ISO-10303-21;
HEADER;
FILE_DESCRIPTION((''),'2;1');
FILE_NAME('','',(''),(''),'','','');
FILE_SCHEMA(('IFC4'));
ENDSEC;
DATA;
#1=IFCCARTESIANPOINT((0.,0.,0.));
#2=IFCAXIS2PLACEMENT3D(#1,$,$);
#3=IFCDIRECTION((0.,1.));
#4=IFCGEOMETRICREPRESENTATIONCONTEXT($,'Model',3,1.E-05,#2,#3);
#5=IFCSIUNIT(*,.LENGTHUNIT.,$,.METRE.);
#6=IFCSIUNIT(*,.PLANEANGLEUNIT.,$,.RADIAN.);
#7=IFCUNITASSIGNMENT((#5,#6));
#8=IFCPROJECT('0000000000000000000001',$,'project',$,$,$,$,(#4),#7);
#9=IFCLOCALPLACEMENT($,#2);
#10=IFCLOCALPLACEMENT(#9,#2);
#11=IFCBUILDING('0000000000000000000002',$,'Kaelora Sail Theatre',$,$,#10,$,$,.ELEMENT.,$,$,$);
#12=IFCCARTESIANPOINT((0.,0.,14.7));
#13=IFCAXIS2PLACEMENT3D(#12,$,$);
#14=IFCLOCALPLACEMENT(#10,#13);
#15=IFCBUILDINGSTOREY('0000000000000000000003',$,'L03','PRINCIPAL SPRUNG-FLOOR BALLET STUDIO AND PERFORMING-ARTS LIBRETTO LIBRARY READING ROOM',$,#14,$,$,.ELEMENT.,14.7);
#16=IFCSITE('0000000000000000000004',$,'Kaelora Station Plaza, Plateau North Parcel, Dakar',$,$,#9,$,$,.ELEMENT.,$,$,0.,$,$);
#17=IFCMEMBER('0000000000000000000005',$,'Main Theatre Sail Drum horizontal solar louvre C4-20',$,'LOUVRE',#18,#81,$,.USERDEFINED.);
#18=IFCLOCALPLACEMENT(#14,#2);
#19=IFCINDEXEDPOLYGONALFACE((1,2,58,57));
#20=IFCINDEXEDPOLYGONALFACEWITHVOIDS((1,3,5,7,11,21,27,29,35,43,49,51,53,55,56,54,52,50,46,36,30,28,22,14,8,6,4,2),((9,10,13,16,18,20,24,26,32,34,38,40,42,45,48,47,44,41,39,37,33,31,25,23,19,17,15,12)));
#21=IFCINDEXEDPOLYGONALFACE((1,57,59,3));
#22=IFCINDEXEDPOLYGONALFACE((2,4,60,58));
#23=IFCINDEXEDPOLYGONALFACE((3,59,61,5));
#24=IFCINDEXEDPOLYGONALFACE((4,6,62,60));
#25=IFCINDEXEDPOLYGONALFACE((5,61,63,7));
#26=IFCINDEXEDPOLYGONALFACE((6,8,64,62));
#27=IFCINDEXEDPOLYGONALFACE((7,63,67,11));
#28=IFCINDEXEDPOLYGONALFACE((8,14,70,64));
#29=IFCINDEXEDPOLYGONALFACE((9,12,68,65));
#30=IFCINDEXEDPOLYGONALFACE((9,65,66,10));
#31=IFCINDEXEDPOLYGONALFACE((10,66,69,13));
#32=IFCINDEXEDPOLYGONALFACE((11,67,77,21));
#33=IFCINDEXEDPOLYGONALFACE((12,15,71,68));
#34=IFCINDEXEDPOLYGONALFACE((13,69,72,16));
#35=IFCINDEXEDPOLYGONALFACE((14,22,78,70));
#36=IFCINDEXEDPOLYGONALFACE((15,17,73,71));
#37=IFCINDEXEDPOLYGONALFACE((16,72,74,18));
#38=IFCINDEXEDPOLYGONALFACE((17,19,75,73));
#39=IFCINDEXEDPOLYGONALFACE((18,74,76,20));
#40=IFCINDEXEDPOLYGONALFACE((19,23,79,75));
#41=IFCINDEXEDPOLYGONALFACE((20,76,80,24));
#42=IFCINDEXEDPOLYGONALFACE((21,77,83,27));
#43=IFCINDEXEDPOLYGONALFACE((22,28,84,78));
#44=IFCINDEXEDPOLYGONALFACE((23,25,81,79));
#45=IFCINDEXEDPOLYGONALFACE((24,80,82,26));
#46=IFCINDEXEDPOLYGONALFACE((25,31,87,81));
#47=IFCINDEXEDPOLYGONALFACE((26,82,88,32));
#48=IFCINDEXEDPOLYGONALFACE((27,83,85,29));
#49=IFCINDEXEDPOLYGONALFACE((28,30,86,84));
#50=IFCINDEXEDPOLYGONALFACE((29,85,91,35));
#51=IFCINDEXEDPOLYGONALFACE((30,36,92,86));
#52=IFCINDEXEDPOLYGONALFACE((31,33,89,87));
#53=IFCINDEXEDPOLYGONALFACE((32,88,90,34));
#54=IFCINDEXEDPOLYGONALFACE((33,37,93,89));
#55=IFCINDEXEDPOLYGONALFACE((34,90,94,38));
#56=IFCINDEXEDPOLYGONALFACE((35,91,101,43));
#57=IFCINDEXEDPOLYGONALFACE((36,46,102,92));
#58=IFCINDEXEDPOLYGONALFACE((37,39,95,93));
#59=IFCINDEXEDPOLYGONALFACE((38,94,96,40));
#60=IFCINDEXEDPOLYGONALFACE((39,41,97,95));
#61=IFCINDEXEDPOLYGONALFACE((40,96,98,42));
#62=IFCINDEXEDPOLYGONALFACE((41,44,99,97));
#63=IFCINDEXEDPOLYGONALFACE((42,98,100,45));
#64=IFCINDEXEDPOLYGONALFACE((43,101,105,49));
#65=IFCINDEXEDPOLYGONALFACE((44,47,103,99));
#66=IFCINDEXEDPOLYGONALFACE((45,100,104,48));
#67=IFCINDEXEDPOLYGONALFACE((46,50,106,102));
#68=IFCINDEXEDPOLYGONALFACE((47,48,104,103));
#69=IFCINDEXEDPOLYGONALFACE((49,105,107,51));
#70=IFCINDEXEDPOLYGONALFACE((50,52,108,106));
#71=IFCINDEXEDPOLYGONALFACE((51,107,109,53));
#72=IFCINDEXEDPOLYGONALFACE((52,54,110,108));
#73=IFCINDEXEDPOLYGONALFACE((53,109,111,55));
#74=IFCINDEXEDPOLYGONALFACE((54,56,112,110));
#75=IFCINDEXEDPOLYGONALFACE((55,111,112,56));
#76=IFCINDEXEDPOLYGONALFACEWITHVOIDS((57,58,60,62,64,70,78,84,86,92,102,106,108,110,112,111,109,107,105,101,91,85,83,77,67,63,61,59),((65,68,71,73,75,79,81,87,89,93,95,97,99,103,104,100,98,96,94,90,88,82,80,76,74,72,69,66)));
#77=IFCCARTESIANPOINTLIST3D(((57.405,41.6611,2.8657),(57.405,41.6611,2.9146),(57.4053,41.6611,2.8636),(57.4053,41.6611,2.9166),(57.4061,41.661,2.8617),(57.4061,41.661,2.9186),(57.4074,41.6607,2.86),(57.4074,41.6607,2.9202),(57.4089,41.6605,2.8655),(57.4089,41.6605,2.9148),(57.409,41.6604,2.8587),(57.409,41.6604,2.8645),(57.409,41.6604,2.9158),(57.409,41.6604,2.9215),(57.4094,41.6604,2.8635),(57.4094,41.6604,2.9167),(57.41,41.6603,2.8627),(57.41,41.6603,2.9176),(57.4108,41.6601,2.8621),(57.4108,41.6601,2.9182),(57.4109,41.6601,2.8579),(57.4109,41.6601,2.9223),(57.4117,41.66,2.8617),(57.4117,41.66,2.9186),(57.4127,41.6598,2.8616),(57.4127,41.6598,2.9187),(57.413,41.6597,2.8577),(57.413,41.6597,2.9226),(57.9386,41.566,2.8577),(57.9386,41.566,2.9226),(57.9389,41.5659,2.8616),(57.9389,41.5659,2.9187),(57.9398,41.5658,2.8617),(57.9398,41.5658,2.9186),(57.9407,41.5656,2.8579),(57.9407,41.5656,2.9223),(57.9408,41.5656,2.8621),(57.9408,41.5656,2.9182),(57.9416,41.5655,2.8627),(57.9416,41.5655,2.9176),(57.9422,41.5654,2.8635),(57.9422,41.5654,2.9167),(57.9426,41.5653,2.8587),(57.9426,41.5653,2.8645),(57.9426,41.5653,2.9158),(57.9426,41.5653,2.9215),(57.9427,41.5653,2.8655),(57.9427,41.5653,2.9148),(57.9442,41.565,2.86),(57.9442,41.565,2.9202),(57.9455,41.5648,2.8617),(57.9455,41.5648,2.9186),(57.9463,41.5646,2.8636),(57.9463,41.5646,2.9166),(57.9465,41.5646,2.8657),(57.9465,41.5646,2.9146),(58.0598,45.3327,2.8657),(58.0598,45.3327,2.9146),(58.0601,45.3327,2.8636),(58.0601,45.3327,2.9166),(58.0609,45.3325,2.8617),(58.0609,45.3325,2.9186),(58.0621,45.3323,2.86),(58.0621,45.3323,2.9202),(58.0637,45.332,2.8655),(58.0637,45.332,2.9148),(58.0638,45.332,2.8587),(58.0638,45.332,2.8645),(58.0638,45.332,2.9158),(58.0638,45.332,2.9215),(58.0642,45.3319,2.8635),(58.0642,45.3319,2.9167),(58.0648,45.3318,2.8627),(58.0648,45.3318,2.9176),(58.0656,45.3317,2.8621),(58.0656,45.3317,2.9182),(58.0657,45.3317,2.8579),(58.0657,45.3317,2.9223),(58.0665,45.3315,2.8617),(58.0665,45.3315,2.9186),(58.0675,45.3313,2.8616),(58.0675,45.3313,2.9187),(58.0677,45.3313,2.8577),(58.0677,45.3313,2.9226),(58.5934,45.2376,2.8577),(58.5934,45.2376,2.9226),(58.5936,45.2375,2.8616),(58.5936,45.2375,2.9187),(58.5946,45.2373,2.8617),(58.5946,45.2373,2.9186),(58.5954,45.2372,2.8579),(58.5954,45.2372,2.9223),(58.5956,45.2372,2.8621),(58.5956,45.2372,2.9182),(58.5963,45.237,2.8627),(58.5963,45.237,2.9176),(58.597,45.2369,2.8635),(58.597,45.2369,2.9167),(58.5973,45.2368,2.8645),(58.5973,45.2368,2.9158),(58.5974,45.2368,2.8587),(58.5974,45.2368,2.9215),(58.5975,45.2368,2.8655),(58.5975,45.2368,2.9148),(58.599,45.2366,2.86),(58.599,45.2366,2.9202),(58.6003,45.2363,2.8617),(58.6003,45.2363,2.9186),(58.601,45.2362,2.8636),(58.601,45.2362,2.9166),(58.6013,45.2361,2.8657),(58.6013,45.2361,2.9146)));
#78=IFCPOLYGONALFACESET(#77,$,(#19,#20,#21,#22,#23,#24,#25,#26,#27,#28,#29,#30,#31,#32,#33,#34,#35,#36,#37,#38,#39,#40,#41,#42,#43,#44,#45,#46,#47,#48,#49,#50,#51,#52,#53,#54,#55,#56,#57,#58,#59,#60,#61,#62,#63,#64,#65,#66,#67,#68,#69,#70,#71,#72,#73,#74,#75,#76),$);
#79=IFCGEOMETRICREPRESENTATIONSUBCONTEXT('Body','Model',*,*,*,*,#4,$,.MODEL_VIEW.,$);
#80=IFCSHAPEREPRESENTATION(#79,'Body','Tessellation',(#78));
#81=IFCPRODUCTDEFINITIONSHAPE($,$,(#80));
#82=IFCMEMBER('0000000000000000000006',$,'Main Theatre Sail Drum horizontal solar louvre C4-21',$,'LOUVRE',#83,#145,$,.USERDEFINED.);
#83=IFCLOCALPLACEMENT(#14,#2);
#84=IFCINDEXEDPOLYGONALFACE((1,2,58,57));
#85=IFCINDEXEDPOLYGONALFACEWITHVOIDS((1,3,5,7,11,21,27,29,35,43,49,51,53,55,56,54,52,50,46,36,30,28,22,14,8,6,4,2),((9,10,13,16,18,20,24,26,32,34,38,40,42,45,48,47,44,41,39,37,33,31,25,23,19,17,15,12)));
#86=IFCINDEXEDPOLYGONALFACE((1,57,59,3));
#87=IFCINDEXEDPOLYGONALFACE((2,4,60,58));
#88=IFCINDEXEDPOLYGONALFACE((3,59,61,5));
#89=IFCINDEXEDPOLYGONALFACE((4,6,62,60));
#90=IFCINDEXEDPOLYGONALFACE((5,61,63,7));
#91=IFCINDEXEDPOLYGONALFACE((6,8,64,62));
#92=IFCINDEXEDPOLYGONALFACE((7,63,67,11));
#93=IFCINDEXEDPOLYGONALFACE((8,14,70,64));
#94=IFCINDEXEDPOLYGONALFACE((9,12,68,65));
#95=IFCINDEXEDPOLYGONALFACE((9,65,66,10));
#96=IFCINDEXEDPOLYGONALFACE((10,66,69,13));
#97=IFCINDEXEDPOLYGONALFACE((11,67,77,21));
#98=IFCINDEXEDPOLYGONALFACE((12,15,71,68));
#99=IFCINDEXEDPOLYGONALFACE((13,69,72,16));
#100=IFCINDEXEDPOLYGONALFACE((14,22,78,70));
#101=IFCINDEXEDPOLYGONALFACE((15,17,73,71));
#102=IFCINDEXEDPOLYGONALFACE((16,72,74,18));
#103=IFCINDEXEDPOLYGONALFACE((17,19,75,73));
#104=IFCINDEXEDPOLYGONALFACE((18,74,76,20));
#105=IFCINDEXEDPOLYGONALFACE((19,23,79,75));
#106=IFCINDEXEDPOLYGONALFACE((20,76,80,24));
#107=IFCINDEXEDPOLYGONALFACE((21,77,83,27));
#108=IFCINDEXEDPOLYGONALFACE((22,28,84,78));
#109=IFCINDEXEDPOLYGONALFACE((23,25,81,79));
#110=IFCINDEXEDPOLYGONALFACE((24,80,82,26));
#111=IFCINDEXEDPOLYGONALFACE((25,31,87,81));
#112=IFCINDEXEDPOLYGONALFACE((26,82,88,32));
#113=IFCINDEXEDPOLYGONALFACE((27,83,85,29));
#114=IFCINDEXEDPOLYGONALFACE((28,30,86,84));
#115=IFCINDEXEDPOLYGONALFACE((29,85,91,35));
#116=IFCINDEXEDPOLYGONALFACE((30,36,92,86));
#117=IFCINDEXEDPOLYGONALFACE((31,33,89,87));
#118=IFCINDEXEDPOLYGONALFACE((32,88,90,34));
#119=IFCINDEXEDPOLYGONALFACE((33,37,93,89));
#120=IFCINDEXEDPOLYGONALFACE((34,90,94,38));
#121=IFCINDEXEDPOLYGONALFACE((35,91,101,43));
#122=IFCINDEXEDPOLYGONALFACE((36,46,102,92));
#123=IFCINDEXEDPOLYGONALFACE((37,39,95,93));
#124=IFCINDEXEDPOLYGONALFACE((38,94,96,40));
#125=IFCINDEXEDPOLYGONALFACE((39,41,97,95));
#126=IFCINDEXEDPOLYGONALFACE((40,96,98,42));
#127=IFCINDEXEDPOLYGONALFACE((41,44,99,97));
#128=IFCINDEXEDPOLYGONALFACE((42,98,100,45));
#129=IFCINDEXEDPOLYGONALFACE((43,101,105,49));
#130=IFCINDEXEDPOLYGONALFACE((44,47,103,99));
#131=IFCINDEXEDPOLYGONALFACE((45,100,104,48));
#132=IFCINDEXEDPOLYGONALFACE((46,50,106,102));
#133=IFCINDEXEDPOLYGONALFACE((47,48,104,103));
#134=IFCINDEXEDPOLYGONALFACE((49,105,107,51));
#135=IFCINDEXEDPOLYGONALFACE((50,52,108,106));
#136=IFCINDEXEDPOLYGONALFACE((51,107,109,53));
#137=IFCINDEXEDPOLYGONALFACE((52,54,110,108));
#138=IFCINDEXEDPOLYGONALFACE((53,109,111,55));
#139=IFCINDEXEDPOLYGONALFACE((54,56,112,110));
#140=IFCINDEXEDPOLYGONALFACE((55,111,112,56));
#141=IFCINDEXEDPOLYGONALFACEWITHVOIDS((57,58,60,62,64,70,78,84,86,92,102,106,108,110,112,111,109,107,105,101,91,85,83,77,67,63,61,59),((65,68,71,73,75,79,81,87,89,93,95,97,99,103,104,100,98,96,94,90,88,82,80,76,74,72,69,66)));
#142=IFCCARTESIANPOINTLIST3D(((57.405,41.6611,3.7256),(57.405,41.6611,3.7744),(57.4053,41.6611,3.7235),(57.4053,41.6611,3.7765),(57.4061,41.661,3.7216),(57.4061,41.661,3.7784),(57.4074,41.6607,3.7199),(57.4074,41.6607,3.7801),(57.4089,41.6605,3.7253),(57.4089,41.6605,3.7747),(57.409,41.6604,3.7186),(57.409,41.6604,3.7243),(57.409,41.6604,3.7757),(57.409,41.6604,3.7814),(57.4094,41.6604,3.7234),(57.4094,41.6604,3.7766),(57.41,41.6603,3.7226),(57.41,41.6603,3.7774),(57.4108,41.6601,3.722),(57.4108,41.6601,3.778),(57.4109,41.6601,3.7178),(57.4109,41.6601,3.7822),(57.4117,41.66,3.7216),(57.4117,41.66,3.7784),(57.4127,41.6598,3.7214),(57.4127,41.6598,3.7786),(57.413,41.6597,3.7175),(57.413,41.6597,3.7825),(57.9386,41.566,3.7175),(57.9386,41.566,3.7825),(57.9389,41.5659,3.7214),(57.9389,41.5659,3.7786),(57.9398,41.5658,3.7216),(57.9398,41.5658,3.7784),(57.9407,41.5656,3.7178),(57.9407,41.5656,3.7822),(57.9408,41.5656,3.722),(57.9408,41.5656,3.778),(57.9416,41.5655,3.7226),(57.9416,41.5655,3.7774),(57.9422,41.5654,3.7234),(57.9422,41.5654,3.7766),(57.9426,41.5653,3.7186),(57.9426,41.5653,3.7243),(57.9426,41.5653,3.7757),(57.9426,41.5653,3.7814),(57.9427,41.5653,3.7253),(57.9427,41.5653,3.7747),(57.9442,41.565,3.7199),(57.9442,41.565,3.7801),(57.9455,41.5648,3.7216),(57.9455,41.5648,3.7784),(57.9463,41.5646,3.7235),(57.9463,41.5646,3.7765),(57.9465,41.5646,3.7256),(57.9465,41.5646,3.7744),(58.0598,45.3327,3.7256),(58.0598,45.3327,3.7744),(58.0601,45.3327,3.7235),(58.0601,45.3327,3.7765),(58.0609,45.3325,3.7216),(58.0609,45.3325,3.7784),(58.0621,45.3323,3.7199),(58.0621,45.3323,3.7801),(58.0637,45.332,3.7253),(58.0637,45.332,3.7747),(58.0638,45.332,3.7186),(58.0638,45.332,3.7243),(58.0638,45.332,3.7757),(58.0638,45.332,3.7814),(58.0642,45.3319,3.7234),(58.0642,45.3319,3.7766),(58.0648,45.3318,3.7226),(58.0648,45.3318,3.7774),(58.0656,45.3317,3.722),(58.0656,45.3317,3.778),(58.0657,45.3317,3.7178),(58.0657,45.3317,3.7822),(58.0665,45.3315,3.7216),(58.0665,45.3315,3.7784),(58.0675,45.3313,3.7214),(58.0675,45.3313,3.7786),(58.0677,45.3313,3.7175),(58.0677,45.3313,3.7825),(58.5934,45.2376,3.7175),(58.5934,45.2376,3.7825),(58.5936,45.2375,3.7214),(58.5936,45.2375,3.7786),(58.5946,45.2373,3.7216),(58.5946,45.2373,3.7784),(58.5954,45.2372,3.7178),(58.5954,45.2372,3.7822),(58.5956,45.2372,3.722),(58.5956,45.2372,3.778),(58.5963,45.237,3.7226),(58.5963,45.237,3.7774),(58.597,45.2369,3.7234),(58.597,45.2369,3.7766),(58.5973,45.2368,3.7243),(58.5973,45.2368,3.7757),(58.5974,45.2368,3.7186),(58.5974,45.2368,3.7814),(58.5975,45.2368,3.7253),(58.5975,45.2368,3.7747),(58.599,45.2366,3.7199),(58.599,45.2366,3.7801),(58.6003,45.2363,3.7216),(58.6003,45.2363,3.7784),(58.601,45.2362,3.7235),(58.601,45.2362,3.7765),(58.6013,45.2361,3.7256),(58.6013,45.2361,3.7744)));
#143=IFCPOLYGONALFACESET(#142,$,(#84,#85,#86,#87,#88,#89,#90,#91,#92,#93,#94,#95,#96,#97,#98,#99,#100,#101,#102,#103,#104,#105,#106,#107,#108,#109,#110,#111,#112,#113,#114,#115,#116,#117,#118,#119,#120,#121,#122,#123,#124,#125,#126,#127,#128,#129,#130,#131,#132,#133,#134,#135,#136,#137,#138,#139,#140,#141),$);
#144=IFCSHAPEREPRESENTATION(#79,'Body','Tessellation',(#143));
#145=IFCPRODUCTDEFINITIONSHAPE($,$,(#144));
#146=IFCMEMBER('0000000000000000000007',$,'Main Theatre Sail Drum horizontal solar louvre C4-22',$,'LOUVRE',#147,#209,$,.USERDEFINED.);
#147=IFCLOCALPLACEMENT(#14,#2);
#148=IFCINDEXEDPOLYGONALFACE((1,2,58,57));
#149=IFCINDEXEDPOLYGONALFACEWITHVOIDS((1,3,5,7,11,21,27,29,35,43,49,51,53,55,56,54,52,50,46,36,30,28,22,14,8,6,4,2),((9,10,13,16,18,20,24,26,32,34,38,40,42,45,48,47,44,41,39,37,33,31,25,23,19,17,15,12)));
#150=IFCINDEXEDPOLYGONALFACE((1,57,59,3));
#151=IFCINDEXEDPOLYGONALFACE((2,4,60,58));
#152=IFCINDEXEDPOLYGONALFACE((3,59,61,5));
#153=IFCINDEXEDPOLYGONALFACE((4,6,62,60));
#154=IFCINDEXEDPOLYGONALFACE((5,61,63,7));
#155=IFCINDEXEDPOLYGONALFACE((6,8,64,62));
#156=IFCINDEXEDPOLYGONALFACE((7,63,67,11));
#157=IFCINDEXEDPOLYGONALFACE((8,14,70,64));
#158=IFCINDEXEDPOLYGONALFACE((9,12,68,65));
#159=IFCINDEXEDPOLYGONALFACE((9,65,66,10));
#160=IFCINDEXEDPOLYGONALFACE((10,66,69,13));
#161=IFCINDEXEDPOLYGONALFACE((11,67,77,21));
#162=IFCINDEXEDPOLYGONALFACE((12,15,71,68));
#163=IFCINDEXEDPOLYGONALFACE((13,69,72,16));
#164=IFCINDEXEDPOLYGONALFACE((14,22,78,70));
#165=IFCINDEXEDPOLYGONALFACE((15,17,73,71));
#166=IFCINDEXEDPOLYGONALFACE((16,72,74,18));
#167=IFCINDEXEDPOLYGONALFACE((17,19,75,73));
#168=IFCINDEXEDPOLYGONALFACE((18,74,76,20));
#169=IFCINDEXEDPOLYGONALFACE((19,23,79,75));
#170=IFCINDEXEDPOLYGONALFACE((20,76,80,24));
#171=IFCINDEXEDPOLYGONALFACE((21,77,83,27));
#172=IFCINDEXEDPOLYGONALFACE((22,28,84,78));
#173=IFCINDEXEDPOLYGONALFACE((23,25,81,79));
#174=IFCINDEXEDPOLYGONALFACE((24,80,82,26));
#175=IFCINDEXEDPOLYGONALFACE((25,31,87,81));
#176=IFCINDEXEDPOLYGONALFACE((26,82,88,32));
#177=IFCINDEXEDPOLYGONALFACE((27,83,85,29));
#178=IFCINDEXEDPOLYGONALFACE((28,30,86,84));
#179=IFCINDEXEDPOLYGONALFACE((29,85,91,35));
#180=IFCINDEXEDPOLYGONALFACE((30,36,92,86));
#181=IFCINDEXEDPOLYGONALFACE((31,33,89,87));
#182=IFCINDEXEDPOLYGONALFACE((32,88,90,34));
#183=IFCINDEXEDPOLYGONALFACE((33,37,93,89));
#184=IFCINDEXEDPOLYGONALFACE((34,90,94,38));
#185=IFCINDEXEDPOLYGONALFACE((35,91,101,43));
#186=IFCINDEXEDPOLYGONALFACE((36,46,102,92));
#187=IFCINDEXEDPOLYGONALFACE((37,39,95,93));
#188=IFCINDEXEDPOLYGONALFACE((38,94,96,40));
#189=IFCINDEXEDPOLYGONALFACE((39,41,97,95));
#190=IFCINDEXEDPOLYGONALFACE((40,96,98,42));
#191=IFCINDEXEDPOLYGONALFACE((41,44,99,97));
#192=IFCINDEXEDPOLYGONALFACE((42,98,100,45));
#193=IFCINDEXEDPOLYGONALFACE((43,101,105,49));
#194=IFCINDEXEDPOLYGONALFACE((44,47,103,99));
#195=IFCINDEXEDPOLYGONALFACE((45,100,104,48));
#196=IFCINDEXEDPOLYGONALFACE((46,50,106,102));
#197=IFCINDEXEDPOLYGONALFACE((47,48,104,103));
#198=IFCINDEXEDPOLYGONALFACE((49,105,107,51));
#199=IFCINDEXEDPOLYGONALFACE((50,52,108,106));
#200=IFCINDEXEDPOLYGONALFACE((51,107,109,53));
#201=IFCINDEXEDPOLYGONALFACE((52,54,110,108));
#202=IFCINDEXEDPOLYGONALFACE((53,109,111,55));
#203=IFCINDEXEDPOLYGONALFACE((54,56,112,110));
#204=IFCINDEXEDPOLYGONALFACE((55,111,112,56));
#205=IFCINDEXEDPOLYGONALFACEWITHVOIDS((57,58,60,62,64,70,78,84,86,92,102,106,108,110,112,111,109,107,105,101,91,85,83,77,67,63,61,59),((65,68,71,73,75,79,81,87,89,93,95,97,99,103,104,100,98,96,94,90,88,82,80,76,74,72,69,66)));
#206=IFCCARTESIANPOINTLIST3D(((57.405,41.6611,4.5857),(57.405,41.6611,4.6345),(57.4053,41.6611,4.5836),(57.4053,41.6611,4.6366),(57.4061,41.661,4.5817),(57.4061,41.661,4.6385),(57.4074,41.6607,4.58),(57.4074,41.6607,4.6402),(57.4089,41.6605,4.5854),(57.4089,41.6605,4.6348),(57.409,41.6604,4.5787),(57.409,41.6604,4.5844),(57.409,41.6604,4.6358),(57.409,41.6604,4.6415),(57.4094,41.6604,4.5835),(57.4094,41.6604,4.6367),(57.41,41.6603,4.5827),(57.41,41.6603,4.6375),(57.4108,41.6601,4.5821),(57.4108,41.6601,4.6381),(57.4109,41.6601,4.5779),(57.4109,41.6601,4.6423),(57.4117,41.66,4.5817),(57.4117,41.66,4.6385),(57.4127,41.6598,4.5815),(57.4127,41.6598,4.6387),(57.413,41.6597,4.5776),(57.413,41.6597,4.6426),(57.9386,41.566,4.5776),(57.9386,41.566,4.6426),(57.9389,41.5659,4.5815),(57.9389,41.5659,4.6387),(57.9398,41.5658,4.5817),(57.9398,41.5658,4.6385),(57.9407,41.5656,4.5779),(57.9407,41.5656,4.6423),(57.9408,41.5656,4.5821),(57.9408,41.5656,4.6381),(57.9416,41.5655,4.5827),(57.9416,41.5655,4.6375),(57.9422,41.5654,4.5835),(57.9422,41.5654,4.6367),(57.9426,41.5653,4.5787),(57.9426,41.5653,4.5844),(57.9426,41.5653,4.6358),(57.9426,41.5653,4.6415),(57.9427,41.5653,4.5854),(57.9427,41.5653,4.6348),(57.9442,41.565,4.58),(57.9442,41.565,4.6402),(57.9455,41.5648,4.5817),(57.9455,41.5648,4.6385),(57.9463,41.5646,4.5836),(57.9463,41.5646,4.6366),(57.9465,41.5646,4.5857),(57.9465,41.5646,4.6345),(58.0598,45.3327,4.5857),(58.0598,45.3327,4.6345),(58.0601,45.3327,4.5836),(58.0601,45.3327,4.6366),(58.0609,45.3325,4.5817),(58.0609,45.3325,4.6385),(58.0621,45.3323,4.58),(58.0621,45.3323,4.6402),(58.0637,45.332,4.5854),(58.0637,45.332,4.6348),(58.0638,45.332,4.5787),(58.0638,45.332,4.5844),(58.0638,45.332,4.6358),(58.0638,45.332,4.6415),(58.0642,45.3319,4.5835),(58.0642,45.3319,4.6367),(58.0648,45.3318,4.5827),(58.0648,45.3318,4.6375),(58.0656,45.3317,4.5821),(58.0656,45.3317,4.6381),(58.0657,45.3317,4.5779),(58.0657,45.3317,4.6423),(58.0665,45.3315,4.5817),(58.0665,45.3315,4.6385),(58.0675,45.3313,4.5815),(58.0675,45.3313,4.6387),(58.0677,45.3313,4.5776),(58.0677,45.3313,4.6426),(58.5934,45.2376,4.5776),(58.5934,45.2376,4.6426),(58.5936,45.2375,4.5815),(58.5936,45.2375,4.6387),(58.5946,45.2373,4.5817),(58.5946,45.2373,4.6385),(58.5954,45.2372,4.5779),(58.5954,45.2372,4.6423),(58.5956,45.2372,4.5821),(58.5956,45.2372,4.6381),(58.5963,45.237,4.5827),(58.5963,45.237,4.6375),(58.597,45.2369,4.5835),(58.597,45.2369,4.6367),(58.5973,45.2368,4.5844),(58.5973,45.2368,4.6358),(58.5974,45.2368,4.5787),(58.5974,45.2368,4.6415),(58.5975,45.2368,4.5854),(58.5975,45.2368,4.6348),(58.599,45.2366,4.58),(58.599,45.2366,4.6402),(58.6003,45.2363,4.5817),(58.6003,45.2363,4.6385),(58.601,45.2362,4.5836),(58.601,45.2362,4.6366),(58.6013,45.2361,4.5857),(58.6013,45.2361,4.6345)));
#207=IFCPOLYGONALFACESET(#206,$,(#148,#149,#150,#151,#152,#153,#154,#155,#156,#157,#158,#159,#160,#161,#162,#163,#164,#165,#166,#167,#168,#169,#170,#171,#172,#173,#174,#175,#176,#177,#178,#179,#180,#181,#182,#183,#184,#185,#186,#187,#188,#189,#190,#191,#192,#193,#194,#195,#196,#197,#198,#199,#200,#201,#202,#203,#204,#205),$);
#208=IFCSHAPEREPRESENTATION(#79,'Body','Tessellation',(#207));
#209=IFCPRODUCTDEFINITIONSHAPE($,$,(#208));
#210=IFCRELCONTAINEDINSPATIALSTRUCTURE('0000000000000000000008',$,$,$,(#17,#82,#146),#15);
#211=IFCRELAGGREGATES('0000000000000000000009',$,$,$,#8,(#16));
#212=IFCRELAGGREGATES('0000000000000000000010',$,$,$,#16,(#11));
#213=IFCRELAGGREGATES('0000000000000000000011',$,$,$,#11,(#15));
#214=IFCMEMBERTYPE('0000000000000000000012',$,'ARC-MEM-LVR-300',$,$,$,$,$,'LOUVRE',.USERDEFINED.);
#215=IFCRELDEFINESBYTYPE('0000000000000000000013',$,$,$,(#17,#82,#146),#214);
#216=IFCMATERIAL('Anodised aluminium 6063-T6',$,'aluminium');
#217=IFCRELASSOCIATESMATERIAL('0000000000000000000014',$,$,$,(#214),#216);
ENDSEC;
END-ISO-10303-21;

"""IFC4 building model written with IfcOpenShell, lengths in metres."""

from ifc_helpers import new_model, si_unit, direction, frame, origin, origin_2d, place, context, subcontext, project, spatial, hollow_rectangle, extrude, material, material_profile, profile_set, type_object, element, save


model = new_model("IFC4")

# Units and contexts
model_context = context("Model", 3, precision=1e-05, world=origin(), true_north=direction((0.0, 1.0)))
body_context = subcontext(model_context, "Body", "Model", "MODEL_VIEW")
ifc_project = project(units=[si_unit("LENGTHUNIT", "METRE"), si_unit("PLANEANGLEUNIT", "RADIAN")], contexts=[model_context])

# Site, building, storey
site_placement = place(None, origin())
site = spatial("IfcSite", under=ifc_project, at=site_placement, Name="Kaelora Station Plaza, Plateau North Parcel, Dakar", CompositionType="ELEMENT", RefElevation=0.0)
building_placement = place(site_placement, origin())
building = spatial("IfcBuilding", under=site, at=building_placement, Name="Kaelora Sail Theatre", CompositionType="ELEMENT")
storey_placement = place(building_placement, frame((0.0, 0.0, 14.7)))
storey = spatial("IfcBuildingStorey", under=building, at=storey_placement, Name="L03", Description="PRINCIPAL SPRUNG-FLOOR BALLET STUDIO AND PERFORMING-ARTS LIBRETTO LIBRARY READING ROOM", CompositionType="ELEMENT", Elevation=14.7)

# Members
ifc_material_1 = material(Name="Anodised aluminium 6063-T6", Category="aluminium")
ifc_material_profile_1 = material_profile(ifc_material_1, hollow_rectangle(XDim=0.55, YDim=0.0649, WallThickness=0.0039, InnerFilletRadius=0.0039, OuterFilletRadius=0.0081, at=origin_2d()), Name="LOUVRE 550x65x4")
ifc_profile_set_1 = profile_set([ifc_material_profile_1], Name="Anodised aluminium 6063-T6")
member_type = type_object("IfcMemberType", Name="ARC-MEM-LVR-300", ElementType="LOUVRE", PredefinedType="USERDEFINED", material=ifc_profile_set_1)
for number, where, z_axis, x_axis, name in (
    (1, (58.3306, 45.2844, 2.8901), (-0.175566, -0.984468, 0.0), (0.984468, -0.175566, 0.0), "Main Theatre Sail Drum horizontal solar louvre C4-20"),
    (2, (58.3306, 45.2844, 3.75), (-0.175566, -0.984468, 0.0), (0.984468, -0.175566, 0.0), "Main Theatre Sail Drum horizontal solar louvre C4-21"),
    (3, (58.3306, 45.2844, 4.6101), (-0.175566, -0.984468, 0.0), (0.984468, -0.175566, 0.0), "Main Theatre Sail Drum horizontal solar louvre C4-22"),
):
    element("IfcMember", number, at=place(storey_placement, frame(where, z_axis=z_axis, x_axis=x_axis)), inside=storey, type_object=member_type, Name=name, ObjectType="LOUVRE", PredefinedType="USERDEFINED", context=body_context, shape_type="SweptSolid", body=[
        extrude(hollow_rectangle(XDim=0.55, YDim=0.0649, WallThickness=0.0039, InnerFilletRadius=0.0039, OuterFilletRadius=0.0081, at=origin_2d()), origin(), (0.0, 0.0, 1.0), 3.7295),
    ])

save(model, "model.ifc")
